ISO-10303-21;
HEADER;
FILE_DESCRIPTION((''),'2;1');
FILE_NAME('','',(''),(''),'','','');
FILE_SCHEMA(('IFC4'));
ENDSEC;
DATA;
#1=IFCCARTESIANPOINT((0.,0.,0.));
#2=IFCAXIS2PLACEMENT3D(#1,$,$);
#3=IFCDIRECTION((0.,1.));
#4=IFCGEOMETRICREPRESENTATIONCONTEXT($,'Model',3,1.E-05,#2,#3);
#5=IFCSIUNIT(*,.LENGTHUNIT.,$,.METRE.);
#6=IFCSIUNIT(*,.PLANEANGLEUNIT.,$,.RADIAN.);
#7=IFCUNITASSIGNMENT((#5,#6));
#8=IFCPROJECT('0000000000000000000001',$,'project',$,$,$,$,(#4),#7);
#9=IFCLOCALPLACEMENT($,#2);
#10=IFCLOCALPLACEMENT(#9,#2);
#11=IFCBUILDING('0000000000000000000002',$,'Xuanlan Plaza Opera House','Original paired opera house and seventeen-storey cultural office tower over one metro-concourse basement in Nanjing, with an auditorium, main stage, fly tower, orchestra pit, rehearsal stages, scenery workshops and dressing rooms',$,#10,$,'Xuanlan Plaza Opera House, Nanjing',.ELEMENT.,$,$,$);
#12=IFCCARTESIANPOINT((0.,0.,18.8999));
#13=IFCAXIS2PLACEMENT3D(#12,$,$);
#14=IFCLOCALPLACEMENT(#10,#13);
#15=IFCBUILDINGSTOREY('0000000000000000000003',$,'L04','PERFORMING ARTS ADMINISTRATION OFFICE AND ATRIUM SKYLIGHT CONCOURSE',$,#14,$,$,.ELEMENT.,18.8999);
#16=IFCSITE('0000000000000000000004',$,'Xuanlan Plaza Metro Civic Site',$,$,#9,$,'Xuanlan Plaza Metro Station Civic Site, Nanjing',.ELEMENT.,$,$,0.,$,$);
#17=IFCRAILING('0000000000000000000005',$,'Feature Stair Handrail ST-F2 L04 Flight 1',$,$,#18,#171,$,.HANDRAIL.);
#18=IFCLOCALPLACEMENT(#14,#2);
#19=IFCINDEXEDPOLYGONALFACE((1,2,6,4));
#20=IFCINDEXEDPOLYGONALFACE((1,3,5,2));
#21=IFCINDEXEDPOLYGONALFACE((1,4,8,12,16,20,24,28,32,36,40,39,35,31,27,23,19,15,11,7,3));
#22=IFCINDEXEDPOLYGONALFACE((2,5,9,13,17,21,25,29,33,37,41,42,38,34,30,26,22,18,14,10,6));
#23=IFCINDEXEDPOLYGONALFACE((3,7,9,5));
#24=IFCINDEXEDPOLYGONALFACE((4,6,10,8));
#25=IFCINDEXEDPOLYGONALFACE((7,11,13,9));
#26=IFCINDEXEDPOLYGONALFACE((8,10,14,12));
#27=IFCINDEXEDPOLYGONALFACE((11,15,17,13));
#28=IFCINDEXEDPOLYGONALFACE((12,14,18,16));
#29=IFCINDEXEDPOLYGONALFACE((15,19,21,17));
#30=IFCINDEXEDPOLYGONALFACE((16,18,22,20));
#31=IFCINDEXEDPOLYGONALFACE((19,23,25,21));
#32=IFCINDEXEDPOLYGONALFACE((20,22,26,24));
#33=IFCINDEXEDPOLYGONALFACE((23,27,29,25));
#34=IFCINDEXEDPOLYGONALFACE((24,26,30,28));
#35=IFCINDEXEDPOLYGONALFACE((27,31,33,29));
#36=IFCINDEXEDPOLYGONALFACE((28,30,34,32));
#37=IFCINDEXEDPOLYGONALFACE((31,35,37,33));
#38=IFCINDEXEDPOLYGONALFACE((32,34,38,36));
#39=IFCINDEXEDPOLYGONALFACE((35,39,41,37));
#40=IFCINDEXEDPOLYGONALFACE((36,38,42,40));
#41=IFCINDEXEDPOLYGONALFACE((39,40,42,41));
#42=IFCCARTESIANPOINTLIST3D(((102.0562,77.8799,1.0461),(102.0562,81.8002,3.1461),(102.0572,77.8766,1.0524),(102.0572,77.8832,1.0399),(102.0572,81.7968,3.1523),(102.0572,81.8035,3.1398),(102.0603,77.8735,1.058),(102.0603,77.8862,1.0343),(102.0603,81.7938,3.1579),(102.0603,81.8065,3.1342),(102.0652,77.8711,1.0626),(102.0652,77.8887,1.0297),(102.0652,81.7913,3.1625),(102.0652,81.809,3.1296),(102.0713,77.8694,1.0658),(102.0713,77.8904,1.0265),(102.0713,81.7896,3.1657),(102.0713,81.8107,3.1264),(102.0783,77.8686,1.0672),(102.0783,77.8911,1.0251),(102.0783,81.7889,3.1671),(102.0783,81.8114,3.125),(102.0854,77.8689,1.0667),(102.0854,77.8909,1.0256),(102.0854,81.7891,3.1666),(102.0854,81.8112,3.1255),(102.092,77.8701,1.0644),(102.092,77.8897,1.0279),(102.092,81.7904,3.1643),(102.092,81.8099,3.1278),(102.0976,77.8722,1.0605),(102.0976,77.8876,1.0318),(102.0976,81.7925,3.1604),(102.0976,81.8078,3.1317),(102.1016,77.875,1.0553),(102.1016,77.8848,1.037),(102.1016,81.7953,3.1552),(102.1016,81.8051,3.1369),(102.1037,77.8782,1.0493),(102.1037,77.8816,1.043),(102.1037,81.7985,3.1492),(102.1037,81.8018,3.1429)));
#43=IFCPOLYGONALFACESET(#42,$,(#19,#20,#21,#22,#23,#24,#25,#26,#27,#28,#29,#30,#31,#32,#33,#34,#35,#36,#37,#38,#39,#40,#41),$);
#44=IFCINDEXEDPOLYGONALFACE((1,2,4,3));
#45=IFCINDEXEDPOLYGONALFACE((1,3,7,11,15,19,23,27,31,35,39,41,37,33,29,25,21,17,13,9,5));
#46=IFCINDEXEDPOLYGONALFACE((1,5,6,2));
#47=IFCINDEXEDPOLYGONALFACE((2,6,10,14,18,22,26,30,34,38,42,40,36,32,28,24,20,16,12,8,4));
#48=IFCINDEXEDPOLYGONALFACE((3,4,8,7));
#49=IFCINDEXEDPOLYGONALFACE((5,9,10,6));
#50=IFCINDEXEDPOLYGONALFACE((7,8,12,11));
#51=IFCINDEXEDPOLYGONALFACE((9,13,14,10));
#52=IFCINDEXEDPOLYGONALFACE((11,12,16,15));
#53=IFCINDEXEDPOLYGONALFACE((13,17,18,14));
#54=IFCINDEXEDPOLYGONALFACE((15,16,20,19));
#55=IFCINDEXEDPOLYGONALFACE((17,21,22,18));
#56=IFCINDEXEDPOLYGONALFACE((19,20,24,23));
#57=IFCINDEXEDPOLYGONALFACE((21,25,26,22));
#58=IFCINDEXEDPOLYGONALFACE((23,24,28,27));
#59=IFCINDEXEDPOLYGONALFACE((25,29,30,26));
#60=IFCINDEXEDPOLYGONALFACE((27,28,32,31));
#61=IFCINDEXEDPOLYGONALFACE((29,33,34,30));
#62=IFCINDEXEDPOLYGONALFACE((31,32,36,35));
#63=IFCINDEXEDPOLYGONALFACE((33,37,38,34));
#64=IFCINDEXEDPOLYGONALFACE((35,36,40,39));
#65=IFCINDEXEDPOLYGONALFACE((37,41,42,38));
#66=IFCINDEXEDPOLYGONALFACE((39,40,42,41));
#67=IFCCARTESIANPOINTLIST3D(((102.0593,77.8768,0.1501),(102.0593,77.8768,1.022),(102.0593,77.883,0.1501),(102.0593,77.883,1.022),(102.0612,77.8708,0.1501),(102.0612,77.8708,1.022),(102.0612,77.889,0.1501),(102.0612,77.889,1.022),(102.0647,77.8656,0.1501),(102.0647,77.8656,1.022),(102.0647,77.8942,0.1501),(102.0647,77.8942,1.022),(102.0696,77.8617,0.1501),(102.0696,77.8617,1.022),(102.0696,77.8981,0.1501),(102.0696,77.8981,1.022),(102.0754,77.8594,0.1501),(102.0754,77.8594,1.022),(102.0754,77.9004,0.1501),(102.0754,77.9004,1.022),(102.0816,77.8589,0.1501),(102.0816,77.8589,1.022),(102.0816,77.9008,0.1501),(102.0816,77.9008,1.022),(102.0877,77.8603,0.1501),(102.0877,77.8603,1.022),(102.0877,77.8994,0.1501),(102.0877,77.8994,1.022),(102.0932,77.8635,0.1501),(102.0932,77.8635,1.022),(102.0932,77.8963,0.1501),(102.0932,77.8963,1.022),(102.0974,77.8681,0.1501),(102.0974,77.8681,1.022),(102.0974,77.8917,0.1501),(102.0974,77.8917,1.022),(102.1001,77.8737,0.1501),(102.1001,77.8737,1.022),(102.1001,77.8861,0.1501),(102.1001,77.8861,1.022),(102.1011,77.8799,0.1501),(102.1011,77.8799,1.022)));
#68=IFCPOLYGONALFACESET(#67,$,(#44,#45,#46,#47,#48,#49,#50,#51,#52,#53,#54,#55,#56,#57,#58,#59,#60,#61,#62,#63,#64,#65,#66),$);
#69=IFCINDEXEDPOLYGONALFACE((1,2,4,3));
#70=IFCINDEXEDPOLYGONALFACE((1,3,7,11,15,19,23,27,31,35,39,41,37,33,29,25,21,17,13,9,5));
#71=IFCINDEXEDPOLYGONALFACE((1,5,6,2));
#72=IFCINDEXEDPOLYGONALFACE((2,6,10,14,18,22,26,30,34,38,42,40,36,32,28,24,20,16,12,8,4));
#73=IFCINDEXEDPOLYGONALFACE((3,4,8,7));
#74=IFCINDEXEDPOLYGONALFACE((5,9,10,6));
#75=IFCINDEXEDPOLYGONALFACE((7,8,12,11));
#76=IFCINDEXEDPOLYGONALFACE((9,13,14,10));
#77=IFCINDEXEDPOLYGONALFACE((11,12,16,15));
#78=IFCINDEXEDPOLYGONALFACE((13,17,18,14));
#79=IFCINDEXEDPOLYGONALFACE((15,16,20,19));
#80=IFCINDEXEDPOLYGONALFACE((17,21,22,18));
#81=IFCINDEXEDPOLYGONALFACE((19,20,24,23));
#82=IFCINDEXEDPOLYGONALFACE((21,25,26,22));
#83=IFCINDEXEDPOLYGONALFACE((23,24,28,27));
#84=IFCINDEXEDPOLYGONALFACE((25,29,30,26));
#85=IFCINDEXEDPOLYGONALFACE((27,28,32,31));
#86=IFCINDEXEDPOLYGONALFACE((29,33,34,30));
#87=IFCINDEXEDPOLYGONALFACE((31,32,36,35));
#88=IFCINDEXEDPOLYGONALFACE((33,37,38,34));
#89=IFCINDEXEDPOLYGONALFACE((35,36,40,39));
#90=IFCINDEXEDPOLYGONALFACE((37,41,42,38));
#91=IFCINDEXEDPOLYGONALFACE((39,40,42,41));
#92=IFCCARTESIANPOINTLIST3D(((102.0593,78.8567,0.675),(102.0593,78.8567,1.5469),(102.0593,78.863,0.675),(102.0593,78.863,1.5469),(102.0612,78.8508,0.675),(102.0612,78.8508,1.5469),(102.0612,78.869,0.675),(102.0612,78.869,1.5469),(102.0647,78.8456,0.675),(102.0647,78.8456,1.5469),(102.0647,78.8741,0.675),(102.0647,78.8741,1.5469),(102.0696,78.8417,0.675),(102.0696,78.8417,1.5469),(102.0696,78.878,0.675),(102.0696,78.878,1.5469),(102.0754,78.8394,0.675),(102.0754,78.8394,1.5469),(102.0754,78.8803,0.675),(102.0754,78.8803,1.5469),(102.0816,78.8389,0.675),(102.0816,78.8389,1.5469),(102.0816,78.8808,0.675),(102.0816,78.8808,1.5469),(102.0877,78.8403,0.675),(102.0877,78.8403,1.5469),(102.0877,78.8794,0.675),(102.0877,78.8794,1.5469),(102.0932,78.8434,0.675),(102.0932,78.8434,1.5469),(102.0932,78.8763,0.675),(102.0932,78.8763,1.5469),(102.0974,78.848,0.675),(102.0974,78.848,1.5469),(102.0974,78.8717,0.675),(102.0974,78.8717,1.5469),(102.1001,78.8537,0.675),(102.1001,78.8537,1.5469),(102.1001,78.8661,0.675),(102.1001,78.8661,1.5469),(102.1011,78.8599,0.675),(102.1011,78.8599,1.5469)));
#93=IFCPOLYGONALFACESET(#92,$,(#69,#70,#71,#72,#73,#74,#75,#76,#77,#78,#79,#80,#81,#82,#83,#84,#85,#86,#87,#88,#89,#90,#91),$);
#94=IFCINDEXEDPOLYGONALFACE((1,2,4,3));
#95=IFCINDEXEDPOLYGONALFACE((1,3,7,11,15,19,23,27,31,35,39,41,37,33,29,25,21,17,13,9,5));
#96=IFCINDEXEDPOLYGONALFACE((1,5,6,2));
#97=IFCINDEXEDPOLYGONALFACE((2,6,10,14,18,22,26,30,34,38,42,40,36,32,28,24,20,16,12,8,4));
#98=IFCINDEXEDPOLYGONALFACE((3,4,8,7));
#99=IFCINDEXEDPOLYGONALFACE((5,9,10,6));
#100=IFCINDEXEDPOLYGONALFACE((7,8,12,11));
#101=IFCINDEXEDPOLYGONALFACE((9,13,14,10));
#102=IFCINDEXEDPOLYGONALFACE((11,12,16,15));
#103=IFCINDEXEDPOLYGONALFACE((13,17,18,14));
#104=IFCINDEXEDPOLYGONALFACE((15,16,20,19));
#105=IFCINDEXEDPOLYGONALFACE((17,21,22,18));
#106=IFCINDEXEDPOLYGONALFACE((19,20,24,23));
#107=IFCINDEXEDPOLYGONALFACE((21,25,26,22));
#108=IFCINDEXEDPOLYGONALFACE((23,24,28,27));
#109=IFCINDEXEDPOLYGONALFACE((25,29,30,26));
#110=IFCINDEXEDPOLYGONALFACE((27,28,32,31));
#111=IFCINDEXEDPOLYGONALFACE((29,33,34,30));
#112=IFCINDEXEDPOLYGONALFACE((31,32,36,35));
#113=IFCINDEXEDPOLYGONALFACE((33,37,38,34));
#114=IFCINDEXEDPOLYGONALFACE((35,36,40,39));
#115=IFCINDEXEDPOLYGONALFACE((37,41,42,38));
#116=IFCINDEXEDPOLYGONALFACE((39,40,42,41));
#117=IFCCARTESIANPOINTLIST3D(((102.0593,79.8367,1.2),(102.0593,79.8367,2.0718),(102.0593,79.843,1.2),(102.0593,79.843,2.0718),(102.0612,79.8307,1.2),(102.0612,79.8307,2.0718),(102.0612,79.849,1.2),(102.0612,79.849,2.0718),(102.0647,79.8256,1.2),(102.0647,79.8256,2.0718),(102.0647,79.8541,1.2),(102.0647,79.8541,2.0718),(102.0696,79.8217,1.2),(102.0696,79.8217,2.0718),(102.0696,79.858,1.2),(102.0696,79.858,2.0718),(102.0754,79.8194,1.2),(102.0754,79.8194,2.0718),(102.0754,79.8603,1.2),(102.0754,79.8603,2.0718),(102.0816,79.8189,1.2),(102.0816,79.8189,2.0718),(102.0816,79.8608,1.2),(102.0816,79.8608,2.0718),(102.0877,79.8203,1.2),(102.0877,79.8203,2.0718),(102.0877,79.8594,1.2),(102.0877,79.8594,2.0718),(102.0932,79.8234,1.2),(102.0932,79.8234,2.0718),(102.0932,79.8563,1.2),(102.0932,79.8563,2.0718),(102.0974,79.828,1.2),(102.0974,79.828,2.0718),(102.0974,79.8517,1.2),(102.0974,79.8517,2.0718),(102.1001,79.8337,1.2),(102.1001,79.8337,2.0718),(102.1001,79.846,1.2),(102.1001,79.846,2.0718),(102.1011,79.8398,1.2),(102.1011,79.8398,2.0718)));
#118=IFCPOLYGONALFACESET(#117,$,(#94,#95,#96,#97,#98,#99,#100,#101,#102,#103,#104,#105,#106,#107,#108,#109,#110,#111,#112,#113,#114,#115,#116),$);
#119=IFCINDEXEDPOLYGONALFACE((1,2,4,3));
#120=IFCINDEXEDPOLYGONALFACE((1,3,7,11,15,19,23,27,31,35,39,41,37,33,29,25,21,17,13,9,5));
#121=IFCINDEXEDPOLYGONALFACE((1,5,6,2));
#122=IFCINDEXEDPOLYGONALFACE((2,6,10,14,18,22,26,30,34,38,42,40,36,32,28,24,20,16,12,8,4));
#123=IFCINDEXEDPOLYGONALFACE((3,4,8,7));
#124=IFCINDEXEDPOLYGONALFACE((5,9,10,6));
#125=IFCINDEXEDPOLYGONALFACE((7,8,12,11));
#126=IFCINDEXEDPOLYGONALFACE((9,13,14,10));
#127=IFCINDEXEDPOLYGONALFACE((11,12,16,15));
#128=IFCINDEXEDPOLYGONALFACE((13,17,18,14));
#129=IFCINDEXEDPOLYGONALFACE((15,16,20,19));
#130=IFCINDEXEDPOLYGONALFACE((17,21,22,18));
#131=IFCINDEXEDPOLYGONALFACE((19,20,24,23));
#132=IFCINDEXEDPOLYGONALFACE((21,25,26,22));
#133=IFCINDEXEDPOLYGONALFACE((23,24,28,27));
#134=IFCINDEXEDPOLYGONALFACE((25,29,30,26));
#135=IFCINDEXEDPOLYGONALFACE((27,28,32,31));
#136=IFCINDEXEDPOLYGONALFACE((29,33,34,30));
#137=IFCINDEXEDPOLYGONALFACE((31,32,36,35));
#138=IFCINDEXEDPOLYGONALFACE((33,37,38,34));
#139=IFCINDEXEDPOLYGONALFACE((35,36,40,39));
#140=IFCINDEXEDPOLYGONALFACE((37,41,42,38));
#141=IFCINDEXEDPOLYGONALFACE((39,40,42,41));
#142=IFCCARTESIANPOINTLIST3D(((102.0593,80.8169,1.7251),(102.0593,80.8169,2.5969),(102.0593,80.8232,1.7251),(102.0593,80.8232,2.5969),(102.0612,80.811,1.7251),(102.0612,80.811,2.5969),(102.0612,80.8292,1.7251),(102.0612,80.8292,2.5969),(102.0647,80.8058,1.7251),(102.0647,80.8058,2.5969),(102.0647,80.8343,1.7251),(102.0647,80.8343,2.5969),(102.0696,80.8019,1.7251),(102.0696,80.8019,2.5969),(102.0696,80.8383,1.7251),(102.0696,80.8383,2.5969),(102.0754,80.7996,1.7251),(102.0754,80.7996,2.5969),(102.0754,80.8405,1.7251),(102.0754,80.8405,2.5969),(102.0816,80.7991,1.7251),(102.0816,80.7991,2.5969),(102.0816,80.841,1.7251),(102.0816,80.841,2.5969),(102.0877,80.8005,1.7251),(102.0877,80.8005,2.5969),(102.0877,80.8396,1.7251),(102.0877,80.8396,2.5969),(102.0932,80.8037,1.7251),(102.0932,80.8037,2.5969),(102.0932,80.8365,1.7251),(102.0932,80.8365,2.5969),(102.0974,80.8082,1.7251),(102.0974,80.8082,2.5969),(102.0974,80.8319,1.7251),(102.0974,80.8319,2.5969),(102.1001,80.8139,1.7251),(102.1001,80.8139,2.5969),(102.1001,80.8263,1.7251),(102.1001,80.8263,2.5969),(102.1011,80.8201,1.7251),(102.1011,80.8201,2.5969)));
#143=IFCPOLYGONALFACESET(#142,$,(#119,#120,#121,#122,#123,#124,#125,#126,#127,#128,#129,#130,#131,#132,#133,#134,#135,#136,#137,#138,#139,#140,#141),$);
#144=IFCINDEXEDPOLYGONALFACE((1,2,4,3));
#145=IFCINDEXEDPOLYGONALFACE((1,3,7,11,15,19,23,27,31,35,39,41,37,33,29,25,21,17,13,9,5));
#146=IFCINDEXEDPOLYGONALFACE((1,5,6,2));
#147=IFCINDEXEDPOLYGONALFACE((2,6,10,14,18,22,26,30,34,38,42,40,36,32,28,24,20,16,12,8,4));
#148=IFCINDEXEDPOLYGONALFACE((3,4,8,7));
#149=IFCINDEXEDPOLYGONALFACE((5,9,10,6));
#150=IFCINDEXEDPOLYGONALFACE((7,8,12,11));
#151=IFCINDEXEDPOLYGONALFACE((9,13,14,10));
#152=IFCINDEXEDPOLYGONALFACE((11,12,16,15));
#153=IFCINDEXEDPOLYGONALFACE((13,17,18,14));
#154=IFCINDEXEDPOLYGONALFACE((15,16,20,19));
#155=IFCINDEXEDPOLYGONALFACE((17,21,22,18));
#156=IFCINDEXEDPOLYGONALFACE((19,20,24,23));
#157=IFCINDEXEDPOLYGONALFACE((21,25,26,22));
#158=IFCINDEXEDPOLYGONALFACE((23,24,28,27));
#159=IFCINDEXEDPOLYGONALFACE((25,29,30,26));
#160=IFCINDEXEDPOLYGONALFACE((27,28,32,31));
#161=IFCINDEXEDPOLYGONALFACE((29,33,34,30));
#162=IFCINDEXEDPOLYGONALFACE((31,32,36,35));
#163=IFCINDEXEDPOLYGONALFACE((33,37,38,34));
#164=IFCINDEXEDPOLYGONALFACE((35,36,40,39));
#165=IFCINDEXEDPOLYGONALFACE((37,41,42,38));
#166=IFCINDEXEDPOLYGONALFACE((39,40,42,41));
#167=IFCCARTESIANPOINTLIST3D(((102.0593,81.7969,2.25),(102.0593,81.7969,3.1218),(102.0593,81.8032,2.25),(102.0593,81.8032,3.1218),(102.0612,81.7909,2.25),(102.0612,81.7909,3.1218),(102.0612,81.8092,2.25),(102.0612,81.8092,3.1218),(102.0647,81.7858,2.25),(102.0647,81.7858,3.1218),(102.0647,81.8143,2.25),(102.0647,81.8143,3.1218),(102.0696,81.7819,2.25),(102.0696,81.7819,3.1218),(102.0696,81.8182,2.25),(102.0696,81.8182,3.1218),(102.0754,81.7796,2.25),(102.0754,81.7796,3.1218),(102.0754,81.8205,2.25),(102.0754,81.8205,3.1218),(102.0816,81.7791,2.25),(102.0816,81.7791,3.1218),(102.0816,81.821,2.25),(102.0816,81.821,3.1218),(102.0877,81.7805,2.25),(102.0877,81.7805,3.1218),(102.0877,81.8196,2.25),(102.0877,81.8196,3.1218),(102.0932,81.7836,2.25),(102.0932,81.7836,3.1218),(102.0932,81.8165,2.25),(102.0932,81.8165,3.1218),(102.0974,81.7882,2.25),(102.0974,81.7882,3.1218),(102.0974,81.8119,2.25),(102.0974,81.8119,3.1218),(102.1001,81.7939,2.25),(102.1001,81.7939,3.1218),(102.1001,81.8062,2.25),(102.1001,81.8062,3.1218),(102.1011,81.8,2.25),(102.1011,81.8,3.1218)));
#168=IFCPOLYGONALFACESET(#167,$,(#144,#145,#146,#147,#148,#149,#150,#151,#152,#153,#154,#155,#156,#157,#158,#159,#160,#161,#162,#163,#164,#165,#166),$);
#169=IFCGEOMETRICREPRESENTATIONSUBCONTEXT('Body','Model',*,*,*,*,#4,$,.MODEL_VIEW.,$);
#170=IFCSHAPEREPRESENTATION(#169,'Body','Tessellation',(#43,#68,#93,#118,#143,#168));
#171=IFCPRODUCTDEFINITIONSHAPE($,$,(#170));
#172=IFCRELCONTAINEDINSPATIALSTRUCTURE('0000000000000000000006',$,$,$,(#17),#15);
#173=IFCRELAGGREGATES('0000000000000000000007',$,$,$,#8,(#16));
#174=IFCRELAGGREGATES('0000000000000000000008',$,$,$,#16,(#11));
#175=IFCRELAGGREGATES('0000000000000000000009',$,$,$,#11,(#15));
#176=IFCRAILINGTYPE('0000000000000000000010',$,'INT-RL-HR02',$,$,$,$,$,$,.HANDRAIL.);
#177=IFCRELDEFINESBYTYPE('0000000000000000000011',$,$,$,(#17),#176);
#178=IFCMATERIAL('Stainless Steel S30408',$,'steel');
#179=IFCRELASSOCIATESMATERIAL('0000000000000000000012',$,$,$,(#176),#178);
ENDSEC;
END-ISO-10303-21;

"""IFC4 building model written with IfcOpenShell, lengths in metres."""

from ifc_helpers import new_model, si_unit, direction, frame, origin, origin_2d, place, context, subcontext, project, spatial, circle, extrude, material, type_object, element, save


model = new_model("IFC4")

# Units and contexts
model_context = context("Model", 3, precision=1e-05, world=origin(), true_north=direction((0.0, 1.0)))
body_context = subcontext(model_context, "Body", "Model", "MODEL_VIEW")
ifc_project = project(units=[si_unit("LENGTHUNIT", "METRE"), si_unit("PLANEANGLEUNIT", "RADIAN")], contexts=[model_context])

# Site, building, storey
site_placement = place(None, origin())
site = spatial("IfcSite", under=ifc_project, at=site_placement, Name="Xuanlan Plaza Metro Civic Site", LongName="Xuanlan Plaza Metro Station Civic Site, Nanjing", CompositionType="ELEMENT", RefElevation=0.0)
building_placement = place(site_placement, origin())
building = spatial("IfcBuilding", under=site, at=building_placement, Name="Xuanlan Plaza Opera House", Description="Original paired opera house and seventeen-storey cultural office tower over one metro-concourse basement in Nanjing, with an auditorium, main stage, fly tower, orchestra pit, rehearsal stages, scenery workshops and dressing rooms", LongName="Xuanlan Plaza Opera House, Nanjing", CompositionType="ELEMENT")
storey_placement = place(building_placement, frame((0.0, 0.0, 18.8999)))
storey = spatial("IfcBuildingStorey", under=building, at=storey_placement, Name="L04", Description="PERFORMING ARTS ADMINISTRATION OFFICE AND ATRIUM SKYLIGHT CONCOURSE", CompositionType="ELEMENT", Elevation=18.8999)

# Railing
ifc_material_1 = material(Name="Stainless Steel S30408", Category="steel")
railing_type = type_object("IfcRailingType", Name="INT-RL-HR02", PredefinedType="HANDRAIL", material=ifc_material_1)
railing_placement = place(storey_placement, frame((102.0801, 77.8799, 0.1501)))
element("IfcRailing", 1, at=railing_placement, inside=storey, type_object=railing_type, Name="Feature Stair Handrail ST-F2 L04 Flight 1", PredefinedType="HANDRAIL", context=body_context, shape_type="SweptSolid", body=[
    extrude(circle(Radius=0.0239, at=origin_2d()), frame((0.0, 0.0, 0.896), z_axis=(0.0, 0.881502, 0.47218), x_axis=(-1.0, 0.0, 0.0)), (0.0, 0.0, 1.0), 4.4473),
    extrude(circle(Radius=0.021, at=origin_2d()), origin(), (0.0, 0.0, 1.0), 0.8718),
    extrude(circle(Radius=0.021, at=origin_2d()), frame((0.0, 0.98, 0.5249)), (0.0, 0.0, 1.0), 0.8718),
    extrude(circle(Radius=0.021, at=origin_2d()), frame((0.0, 1.96, 1.0498)), (0.0, 0.0, 1.0), 0.8718),
    extrude(circle(Radius=0.021, at=origin_2d()), frame((0.0, 2.9402, 1.575)), (0.0, 0.0, 1.0), 0.8718),
    extrude(circle(Radius=0.021, at=origin_2d()), frame((0.0, 3.9202, 2.0999)), (0.0, 0.0, 1.0), 0.8718),
])

save(model, "model.ifc")
